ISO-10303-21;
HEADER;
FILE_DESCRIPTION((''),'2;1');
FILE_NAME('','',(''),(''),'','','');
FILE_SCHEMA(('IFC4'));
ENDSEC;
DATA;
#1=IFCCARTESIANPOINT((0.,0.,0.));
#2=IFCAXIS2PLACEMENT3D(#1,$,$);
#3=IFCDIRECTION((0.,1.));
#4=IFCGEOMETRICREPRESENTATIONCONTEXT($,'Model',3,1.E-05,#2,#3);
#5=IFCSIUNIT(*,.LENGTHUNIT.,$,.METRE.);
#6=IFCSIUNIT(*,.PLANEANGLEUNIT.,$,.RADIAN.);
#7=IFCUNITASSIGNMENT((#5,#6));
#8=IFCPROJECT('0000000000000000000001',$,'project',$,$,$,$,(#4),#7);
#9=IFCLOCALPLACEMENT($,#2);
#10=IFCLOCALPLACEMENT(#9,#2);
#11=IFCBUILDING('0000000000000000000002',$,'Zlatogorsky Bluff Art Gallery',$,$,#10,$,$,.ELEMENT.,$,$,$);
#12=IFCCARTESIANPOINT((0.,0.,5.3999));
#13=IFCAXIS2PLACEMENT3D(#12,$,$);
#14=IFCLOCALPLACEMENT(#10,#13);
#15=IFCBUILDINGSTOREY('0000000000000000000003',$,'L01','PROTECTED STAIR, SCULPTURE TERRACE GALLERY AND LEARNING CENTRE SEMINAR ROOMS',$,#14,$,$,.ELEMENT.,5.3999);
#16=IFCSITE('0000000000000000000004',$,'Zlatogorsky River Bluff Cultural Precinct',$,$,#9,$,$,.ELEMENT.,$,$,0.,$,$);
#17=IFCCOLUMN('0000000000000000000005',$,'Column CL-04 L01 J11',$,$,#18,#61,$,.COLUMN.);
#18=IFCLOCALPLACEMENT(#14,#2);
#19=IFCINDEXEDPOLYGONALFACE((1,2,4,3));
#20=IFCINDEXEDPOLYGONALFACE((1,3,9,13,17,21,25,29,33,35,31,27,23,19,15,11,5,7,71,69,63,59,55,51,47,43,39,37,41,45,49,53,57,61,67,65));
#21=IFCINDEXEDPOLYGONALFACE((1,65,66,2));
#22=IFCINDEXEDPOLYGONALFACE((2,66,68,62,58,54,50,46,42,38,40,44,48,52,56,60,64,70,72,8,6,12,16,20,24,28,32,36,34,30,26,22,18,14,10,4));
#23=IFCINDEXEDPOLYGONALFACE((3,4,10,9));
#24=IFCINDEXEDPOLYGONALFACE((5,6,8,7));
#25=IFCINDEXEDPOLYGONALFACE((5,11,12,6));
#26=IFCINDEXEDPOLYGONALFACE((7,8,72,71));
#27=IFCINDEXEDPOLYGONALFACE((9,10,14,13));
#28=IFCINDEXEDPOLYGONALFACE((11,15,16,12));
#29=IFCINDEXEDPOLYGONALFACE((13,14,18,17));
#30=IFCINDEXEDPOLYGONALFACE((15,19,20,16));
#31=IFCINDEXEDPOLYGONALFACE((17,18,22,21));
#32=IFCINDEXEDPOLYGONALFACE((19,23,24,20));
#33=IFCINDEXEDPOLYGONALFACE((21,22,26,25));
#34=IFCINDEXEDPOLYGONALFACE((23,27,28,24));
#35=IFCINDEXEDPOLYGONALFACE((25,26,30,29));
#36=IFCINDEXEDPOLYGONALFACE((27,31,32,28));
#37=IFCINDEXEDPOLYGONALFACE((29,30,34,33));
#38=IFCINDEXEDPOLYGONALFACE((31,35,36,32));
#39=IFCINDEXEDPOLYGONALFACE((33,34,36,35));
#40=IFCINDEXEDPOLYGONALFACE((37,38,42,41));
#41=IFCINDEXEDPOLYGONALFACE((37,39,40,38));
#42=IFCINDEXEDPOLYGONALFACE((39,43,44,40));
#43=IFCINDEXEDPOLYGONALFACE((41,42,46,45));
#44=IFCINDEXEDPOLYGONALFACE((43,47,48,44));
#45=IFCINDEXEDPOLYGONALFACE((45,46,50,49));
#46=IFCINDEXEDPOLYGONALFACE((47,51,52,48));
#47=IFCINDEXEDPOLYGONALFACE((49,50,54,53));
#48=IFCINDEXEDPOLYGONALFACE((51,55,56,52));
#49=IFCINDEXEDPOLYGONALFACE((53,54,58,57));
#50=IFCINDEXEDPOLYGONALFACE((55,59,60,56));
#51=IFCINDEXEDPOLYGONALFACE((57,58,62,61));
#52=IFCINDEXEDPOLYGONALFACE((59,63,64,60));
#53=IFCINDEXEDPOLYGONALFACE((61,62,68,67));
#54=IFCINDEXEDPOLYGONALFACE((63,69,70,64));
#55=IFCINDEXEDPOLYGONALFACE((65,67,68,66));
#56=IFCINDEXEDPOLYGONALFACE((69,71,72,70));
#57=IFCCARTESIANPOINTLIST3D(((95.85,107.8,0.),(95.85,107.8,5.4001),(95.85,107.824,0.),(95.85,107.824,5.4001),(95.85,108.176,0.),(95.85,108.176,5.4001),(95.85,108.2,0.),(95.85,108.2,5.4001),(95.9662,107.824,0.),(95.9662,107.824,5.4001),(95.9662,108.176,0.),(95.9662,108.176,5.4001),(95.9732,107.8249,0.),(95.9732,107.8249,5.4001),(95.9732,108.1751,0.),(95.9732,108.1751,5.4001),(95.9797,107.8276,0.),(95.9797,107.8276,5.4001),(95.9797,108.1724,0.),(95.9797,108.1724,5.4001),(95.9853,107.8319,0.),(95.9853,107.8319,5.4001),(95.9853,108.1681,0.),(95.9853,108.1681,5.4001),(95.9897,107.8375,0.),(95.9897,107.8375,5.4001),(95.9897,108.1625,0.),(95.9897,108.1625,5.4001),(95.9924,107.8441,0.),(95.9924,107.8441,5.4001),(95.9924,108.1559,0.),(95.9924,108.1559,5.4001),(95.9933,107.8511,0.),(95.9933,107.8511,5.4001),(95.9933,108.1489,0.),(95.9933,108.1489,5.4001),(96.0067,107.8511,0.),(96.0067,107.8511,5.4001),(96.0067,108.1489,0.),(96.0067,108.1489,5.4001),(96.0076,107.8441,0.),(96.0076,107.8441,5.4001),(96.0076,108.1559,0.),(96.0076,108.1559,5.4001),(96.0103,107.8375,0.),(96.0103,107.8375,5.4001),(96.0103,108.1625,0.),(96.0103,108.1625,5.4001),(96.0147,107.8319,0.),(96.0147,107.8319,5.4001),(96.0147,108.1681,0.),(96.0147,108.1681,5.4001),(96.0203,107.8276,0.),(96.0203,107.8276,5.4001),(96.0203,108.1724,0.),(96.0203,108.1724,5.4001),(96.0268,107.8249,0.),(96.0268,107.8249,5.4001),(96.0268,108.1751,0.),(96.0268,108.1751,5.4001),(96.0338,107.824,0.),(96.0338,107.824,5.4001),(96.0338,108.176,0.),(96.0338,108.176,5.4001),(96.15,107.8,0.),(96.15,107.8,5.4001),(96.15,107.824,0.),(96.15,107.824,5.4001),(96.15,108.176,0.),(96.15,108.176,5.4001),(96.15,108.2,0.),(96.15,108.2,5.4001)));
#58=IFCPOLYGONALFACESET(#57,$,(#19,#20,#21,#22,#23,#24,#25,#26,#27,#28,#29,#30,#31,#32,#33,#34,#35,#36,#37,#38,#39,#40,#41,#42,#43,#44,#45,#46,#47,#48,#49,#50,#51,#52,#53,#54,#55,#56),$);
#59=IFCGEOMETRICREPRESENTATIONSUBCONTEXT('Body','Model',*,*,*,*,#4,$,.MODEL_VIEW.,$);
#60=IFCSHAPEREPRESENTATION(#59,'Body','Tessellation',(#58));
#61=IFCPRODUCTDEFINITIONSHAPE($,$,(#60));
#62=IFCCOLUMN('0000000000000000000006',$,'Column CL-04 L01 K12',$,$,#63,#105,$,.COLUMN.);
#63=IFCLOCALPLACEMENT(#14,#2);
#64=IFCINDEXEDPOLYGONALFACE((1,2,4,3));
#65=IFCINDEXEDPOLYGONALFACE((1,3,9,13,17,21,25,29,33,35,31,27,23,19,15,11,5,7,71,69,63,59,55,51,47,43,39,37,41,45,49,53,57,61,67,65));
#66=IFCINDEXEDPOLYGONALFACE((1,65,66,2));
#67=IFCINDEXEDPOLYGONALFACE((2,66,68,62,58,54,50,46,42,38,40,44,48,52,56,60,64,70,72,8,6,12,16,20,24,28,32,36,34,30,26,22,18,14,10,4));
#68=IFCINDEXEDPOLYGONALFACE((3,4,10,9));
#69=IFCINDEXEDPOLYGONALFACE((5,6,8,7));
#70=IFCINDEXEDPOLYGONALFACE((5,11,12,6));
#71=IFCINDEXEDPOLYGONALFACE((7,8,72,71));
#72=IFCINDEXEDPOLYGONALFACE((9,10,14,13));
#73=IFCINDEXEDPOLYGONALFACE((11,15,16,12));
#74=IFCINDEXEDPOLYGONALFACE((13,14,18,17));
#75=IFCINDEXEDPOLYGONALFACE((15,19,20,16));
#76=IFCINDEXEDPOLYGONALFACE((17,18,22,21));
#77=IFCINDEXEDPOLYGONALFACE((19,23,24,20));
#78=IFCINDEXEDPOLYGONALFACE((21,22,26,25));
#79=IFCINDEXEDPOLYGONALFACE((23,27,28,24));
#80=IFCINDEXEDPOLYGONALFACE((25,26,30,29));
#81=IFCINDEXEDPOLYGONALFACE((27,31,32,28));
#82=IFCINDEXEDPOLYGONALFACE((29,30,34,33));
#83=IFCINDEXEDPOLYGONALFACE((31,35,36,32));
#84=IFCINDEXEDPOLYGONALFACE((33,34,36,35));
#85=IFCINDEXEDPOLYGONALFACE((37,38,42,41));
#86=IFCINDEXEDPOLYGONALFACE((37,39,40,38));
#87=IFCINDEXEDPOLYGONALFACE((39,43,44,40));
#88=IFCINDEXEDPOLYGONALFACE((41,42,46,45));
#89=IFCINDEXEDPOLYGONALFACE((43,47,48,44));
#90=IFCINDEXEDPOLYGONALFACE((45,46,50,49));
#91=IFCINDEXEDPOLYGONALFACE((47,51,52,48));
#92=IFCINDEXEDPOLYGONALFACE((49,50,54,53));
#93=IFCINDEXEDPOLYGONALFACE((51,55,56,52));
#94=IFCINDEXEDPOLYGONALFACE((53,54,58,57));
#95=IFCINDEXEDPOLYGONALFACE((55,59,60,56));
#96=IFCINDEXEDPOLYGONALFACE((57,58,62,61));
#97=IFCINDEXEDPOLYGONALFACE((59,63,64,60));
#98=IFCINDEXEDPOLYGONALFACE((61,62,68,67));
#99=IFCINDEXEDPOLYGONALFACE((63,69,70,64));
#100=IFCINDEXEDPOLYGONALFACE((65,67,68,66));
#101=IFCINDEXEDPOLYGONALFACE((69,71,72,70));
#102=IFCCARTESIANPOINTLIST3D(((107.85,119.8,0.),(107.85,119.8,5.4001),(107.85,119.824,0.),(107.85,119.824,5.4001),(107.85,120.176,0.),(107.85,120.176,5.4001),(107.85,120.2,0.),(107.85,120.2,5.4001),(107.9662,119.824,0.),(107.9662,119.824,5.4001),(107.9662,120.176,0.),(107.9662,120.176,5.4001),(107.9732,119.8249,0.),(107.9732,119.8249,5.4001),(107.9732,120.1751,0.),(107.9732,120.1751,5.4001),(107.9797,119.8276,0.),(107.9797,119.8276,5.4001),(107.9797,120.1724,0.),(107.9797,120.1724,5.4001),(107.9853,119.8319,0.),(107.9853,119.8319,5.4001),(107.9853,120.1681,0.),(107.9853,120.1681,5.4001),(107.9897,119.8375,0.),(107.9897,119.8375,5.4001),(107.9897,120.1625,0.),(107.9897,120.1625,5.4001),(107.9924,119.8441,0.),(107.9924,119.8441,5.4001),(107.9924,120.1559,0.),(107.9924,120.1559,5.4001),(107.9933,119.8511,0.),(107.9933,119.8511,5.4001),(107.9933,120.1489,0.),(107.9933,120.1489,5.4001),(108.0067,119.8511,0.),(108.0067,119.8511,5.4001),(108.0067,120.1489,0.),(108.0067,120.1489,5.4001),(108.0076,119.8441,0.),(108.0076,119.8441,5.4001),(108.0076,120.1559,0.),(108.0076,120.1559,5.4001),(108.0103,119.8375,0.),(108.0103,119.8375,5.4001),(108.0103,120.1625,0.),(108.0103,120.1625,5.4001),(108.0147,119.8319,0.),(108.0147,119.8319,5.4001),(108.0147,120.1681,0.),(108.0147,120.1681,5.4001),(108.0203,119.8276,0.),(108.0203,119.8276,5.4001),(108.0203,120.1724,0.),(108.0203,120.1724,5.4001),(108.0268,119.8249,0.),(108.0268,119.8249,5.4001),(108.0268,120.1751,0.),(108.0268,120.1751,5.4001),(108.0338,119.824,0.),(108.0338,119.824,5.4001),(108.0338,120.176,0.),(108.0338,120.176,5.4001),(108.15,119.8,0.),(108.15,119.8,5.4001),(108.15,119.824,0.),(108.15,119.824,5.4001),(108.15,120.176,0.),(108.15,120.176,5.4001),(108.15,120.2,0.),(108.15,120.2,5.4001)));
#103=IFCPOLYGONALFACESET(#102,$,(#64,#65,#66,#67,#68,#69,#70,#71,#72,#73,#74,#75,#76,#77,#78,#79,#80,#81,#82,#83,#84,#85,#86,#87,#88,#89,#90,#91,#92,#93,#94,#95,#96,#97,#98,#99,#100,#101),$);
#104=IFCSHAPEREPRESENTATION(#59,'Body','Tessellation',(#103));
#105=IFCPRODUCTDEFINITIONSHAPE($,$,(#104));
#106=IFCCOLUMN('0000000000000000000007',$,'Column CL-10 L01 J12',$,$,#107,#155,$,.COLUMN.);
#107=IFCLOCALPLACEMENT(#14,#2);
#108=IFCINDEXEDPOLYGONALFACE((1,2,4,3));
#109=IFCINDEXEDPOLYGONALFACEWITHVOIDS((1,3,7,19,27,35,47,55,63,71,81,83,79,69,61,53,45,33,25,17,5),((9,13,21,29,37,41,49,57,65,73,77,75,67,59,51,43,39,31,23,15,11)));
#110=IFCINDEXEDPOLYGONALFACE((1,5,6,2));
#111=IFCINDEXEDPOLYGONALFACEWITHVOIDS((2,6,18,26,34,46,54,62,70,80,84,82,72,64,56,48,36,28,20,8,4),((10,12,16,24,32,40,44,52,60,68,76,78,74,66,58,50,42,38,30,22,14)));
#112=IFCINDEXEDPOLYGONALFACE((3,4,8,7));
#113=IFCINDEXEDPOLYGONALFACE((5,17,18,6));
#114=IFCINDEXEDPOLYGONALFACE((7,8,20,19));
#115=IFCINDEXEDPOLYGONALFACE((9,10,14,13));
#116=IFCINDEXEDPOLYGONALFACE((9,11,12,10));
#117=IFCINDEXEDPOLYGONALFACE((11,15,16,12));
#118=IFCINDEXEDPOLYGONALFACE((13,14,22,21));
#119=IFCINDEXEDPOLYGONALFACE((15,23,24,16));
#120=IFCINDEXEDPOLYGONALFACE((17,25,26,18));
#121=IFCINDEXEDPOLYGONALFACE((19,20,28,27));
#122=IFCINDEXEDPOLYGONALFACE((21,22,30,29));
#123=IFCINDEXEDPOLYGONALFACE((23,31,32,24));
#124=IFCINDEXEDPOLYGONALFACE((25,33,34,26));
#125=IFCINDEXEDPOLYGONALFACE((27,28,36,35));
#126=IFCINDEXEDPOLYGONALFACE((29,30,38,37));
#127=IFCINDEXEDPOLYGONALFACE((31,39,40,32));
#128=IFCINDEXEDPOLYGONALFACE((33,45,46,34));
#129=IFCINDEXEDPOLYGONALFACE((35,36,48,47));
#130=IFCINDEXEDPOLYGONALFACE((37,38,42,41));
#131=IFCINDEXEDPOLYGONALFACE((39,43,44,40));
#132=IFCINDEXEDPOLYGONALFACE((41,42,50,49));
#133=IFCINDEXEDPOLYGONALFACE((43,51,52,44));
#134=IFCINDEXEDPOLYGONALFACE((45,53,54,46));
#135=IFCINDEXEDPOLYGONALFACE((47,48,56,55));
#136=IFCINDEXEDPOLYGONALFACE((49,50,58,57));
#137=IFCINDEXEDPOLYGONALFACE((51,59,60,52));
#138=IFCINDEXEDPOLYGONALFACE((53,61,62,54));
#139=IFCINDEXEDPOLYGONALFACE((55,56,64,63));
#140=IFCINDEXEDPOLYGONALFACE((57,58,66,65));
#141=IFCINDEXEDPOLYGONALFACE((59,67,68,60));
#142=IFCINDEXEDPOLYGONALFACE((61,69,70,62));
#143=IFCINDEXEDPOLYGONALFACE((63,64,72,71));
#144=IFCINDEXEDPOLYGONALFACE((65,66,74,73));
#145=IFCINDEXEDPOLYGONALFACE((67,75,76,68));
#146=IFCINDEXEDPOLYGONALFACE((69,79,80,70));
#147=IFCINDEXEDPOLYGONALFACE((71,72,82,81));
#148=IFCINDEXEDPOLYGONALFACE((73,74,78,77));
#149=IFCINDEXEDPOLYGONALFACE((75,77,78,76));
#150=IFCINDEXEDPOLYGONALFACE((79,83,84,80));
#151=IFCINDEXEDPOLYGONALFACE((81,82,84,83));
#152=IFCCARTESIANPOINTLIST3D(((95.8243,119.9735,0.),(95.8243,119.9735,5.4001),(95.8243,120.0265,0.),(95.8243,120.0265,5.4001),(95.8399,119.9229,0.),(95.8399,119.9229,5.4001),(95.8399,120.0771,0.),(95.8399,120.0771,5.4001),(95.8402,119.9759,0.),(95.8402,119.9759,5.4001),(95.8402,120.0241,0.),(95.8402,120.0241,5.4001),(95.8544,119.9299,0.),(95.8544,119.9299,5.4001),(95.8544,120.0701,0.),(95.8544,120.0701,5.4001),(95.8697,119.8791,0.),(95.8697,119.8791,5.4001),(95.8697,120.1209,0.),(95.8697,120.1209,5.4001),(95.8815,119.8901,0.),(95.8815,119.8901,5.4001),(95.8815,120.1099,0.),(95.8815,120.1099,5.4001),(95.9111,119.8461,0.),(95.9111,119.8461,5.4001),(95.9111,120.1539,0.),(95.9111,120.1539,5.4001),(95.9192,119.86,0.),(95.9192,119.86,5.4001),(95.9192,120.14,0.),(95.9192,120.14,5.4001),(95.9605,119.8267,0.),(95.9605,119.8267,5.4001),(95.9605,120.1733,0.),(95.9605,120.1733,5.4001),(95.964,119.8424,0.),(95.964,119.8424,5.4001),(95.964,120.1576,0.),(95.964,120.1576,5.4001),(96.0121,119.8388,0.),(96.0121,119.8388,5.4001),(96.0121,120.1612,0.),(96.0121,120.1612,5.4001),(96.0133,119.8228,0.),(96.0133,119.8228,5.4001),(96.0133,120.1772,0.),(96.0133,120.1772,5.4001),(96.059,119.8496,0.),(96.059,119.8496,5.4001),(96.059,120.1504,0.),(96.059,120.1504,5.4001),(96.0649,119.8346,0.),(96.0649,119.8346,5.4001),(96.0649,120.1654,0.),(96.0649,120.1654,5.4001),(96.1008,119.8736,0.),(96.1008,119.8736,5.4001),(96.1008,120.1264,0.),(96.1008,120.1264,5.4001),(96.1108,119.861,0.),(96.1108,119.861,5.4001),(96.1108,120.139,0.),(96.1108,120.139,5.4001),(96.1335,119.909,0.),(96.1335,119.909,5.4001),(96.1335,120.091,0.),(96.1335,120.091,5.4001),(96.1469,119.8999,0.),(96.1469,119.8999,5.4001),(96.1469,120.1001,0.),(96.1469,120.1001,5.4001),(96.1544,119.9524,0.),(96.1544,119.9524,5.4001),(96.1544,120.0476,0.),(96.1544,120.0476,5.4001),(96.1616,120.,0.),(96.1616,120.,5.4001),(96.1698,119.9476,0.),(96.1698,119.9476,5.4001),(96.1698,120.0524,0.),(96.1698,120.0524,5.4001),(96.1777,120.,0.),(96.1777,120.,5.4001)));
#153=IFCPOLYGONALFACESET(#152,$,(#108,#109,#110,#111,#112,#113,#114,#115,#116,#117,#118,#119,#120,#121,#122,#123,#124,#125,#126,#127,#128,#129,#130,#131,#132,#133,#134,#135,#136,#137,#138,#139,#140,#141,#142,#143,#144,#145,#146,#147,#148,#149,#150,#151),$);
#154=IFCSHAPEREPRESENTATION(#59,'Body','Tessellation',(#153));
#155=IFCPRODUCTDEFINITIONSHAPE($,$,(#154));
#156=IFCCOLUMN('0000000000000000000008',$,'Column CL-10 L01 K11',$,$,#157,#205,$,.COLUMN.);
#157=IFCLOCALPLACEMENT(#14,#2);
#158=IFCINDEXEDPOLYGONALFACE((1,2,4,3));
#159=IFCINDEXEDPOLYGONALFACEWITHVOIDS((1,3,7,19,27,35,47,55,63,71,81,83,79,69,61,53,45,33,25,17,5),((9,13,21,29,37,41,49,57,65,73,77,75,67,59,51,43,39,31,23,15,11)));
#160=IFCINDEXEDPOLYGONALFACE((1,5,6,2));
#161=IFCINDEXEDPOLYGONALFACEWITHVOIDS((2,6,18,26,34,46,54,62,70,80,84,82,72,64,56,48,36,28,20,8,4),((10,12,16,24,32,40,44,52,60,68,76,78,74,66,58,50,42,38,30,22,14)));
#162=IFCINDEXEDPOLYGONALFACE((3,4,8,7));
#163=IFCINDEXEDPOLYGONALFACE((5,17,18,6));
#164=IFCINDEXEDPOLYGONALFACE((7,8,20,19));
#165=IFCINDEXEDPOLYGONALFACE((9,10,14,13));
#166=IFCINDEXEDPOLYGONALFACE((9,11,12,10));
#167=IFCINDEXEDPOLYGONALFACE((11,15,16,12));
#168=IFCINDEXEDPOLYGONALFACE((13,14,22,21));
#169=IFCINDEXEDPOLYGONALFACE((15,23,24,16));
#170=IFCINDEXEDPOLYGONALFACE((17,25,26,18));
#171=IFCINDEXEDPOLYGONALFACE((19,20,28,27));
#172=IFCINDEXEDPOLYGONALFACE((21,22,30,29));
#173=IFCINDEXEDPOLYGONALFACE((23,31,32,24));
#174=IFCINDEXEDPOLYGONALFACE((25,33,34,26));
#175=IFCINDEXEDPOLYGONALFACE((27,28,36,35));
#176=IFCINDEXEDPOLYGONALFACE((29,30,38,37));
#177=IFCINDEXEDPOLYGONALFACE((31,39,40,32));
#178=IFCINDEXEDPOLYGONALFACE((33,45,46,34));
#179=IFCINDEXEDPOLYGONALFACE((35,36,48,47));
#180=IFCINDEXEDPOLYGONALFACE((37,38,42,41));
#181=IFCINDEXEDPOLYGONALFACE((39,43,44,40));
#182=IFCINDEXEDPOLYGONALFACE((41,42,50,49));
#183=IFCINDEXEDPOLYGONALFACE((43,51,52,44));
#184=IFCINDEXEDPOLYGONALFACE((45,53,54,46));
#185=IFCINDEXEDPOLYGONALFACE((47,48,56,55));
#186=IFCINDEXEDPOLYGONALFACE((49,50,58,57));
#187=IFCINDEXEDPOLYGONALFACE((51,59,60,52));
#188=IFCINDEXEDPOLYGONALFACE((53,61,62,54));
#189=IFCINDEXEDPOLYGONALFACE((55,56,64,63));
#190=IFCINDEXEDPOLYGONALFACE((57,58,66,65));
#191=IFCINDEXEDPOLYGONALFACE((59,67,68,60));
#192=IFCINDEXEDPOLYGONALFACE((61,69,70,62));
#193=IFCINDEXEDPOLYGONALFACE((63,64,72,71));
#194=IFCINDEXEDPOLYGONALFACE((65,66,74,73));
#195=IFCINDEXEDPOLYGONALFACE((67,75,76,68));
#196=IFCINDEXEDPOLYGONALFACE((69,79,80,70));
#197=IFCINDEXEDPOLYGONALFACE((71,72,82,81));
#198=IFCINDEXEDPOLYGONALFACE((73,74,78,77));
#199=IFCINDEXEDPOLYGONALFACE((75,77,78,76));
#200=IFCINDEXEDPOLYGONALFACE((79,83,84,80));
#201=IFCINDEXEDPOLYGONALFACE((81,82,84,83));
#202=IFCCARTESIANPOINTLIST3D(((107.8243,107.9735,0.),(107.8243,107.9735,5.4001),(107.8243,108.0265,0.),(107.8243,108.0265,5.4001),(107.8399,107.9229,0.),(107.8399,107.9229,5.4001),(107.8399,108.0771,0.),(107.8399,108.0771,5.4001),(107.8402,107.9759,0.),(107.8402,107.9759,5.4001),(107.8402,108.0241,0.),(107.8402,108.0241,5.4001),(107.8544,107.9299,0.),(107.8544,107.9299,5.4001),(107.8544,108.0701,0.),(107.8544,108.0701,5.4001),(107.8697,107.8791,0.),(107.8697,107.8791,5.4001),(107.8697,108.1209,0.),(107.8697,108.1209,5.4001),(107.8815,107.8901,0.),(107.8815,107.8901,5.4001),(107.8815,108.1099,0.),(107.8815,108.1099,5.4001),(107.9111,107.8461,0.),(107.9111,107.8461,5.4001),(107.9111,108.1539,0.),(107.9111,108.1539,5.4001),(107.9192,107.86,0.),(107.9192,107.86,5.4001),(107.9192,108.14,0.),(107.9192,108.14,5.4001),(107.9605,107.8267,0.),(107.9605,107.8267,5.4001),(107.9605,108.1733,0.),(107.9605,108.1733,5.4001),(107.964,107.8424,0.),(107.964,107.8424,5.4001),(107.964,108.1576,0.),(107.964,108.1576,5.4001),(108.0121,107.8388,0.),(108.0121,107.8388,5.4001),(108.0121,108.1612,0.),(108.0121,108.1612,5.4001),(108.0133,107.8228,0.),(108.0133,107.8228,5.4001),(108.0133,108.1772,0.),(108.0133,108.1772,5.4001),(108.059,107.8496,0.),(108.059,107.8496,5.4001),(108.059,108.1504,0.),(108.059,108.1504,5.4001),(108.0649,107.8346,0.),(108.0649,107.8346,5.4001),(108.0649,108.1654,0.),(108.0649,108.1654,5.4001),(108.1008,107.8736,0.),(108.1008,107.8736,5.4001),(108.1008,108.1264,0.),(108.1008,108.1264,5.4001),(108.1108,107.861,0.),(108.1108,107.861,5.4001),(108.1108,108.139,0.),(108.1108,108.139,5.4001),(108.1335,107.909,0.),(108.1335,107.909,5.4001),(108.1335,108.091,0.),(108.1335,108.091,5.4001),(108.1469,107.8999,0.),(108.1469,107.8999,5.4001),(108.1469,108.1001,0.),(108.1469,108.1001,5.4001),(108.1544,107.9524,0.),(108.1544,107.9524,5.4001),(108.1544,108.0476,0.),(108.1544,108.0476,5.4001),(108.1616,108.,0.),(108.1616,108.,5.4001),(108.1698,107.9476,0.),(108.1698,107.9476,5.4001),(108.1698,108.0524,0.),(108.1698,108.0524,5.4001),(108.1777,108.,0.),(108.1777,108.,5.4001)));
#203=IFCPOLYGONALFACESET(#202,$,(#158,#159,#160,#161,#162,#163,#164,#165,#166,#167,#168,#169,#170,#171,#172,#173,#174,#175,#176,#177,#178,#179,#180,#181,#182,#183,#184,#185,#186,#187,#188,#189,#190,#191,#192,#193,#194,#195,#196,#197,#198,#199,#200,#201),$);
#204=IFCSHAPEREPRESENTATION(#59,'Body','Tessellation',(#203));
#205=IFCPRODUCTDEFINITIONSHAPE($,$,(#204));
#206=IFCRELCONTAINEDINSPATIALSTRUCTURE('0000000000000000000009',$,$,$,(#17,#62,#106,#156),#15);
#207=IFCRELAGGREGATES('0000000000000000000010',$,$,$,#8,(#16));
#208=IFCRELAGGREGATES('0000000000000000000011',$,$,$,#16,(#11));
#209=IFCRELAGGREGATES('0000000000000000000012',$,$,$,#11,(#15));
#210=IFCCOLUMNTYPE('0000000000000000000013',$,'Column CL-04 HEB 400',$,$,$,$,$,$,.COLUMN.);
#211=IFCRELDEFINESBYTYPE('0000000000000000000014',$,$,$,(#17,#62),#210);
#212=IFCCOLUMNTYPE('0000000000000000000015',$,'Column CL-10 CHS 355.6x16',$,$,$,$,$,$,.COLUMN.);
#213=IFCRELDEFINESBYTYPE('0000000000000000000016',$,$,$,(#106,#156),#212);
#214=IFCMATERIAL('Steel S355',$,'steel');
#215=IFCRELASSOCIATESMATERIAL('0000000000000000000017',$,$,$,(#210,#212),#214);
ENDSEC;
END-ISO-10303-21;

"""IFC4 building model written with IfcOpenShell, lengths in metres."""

from ifc_helpers import new_model, si_unit, direction, frame, origin, origin_2d, place, context, subcontext, project, spatial, hollow_circle, i_section, extrude, material, material_profile, profile_set, type_object, element, save


model = new_model("IFC4")

# Units and contexts
model_context = context("Model", 3, precision=1e-05, world=origin(), true_north=direction((0.0, 1.0)))
body_context = subcontext(model_context, "Body", "Model", "MODEL_VIEW")
ifc_project = project(units=[si_unit("LENGTHUNIT", "METRE"), si_unit("PLANEANGLEUNIT", "RADIAN")], contexts=[model_context])

# Site, building, storey
site_placement = place(None, origin())
site = spatial("IfcSite", under=ifc_project, at=site_placement, Name="Zlatogorsky River Bluff Cultural Precinct", CompositionType="ELEMENT", RefElevation=0.0)
building_placement = place(site_placement, origin())
building = spatial("IfcBuilding", under=site, at=building_placement, Name="Zlatogorsky Bluff Art Gallery", CompositionType="ELEMENT")
storey_placement = place(building_placement, frame((0.0, 0.0, 5.3999)))
storey = spatial("IfcBuildingStorey", under=building, at=storey_placement, Name="L01", Description="PROTECTED STAIR, SCULPTURE TERRACE GALLERY AND LEARNING CENTRE SEMINAR ROOMS", CompositionType="ELEMENT", Elevation=5.3999)

# Columns
ifc_material_1 = material(Name="Steel S355", Category="steel")
ifc_material_profile_1 = material_profile(ifc_material_1, i_section(OverallWidth=0.3, OverallDepth=0.3999, WebThickness=0.0134, FlangeThickness=0.0239, FilletRadius=0.0271, at=origin_2d()), Name="HEB 400")
ifc_profile_set_1 = profile_set([ifc_material_profile_1], Name="Steel S355")
column_type_1 = type_object("IfcColumnType", Name="Column CL-04 HEB 400", PredefinedType="COLUMN", material=ifc_profile_set_1)
for number, where, z_axis, x_axis, name in (
    (1, (96.0, 108.0, 0.0), (0.0, 0.0, 1.0), (1.0, 0.0, 0.0), "Column CL-04 L01 J11"),
    (2, (108.0, 120.0, 0.0), (0.0, 0.0, 1.0), (1.0, 0.0, 0.0), "Column CL-04 L01 K12"),
):
    element("IfcColumn", number, at=place(storey_placement, frame(where, z_axis=z_axis, x_axis=x_axis)), inside=storey, type_object=column_type_1, Name=name, PredefinedType="COLUMN", context=body_context, shape_type="SweptSolid", body=[
        extrude(i_section(OverallWidth=0.3, OverallDepth=0.3999, WebThickness=0.0134, FlangeThickness=0.0239, FilletRadius=0.0271, at=origin_2d()), origin(), (0.0, 0.0, 1.0), 5.4001),
    ])
ifc_material_profile_2 = material_profile(ifc_material_1, hollow_circle(Radius=0.1777, WallThickness=0.0161, at=origin_2d()), Name="CHS 355.6x16")
ifc_profile_set_2 = profile_set([ifc_material_profile_2], Name="Steel S355")
column_type_2 = type_object("IfcColumnType", Name="Column CL-10 CHS 355.6x16", PredefinedType="COLUMN", material=ifc_profile_set_2)
for number, where, z_axis, x_axis, name in (
    (3, (96.0, 120.0, 0.0), (0.0, 0.0, 1.0), (1.0, 0.0, 0.0), "Column CL-10 L01 J12"),
    (4, (108.0, 108.0, 0.0), (0.0, 0.0, 1.0), (1.0, 0.0, 0.0), "Column CL-10 L01 K11"),
):
    element("IfcColumn", number, at=place(storey_placement, frame(where, z_axis=z_axis, x_axis=x_axis)), inside=storey, type_object=column_type_2, Name=name, PredefinedType="COLUMN", context=body_context, shape_type="SweptSolid", body=[
        extrude(hollow_circle(Radius=0.1777, WallThickness=0.0161, at=origin_2d()), origin(), (0.0, 0.0, 1.0), 5.4001),
    ])

save(model, "model.ifc")
